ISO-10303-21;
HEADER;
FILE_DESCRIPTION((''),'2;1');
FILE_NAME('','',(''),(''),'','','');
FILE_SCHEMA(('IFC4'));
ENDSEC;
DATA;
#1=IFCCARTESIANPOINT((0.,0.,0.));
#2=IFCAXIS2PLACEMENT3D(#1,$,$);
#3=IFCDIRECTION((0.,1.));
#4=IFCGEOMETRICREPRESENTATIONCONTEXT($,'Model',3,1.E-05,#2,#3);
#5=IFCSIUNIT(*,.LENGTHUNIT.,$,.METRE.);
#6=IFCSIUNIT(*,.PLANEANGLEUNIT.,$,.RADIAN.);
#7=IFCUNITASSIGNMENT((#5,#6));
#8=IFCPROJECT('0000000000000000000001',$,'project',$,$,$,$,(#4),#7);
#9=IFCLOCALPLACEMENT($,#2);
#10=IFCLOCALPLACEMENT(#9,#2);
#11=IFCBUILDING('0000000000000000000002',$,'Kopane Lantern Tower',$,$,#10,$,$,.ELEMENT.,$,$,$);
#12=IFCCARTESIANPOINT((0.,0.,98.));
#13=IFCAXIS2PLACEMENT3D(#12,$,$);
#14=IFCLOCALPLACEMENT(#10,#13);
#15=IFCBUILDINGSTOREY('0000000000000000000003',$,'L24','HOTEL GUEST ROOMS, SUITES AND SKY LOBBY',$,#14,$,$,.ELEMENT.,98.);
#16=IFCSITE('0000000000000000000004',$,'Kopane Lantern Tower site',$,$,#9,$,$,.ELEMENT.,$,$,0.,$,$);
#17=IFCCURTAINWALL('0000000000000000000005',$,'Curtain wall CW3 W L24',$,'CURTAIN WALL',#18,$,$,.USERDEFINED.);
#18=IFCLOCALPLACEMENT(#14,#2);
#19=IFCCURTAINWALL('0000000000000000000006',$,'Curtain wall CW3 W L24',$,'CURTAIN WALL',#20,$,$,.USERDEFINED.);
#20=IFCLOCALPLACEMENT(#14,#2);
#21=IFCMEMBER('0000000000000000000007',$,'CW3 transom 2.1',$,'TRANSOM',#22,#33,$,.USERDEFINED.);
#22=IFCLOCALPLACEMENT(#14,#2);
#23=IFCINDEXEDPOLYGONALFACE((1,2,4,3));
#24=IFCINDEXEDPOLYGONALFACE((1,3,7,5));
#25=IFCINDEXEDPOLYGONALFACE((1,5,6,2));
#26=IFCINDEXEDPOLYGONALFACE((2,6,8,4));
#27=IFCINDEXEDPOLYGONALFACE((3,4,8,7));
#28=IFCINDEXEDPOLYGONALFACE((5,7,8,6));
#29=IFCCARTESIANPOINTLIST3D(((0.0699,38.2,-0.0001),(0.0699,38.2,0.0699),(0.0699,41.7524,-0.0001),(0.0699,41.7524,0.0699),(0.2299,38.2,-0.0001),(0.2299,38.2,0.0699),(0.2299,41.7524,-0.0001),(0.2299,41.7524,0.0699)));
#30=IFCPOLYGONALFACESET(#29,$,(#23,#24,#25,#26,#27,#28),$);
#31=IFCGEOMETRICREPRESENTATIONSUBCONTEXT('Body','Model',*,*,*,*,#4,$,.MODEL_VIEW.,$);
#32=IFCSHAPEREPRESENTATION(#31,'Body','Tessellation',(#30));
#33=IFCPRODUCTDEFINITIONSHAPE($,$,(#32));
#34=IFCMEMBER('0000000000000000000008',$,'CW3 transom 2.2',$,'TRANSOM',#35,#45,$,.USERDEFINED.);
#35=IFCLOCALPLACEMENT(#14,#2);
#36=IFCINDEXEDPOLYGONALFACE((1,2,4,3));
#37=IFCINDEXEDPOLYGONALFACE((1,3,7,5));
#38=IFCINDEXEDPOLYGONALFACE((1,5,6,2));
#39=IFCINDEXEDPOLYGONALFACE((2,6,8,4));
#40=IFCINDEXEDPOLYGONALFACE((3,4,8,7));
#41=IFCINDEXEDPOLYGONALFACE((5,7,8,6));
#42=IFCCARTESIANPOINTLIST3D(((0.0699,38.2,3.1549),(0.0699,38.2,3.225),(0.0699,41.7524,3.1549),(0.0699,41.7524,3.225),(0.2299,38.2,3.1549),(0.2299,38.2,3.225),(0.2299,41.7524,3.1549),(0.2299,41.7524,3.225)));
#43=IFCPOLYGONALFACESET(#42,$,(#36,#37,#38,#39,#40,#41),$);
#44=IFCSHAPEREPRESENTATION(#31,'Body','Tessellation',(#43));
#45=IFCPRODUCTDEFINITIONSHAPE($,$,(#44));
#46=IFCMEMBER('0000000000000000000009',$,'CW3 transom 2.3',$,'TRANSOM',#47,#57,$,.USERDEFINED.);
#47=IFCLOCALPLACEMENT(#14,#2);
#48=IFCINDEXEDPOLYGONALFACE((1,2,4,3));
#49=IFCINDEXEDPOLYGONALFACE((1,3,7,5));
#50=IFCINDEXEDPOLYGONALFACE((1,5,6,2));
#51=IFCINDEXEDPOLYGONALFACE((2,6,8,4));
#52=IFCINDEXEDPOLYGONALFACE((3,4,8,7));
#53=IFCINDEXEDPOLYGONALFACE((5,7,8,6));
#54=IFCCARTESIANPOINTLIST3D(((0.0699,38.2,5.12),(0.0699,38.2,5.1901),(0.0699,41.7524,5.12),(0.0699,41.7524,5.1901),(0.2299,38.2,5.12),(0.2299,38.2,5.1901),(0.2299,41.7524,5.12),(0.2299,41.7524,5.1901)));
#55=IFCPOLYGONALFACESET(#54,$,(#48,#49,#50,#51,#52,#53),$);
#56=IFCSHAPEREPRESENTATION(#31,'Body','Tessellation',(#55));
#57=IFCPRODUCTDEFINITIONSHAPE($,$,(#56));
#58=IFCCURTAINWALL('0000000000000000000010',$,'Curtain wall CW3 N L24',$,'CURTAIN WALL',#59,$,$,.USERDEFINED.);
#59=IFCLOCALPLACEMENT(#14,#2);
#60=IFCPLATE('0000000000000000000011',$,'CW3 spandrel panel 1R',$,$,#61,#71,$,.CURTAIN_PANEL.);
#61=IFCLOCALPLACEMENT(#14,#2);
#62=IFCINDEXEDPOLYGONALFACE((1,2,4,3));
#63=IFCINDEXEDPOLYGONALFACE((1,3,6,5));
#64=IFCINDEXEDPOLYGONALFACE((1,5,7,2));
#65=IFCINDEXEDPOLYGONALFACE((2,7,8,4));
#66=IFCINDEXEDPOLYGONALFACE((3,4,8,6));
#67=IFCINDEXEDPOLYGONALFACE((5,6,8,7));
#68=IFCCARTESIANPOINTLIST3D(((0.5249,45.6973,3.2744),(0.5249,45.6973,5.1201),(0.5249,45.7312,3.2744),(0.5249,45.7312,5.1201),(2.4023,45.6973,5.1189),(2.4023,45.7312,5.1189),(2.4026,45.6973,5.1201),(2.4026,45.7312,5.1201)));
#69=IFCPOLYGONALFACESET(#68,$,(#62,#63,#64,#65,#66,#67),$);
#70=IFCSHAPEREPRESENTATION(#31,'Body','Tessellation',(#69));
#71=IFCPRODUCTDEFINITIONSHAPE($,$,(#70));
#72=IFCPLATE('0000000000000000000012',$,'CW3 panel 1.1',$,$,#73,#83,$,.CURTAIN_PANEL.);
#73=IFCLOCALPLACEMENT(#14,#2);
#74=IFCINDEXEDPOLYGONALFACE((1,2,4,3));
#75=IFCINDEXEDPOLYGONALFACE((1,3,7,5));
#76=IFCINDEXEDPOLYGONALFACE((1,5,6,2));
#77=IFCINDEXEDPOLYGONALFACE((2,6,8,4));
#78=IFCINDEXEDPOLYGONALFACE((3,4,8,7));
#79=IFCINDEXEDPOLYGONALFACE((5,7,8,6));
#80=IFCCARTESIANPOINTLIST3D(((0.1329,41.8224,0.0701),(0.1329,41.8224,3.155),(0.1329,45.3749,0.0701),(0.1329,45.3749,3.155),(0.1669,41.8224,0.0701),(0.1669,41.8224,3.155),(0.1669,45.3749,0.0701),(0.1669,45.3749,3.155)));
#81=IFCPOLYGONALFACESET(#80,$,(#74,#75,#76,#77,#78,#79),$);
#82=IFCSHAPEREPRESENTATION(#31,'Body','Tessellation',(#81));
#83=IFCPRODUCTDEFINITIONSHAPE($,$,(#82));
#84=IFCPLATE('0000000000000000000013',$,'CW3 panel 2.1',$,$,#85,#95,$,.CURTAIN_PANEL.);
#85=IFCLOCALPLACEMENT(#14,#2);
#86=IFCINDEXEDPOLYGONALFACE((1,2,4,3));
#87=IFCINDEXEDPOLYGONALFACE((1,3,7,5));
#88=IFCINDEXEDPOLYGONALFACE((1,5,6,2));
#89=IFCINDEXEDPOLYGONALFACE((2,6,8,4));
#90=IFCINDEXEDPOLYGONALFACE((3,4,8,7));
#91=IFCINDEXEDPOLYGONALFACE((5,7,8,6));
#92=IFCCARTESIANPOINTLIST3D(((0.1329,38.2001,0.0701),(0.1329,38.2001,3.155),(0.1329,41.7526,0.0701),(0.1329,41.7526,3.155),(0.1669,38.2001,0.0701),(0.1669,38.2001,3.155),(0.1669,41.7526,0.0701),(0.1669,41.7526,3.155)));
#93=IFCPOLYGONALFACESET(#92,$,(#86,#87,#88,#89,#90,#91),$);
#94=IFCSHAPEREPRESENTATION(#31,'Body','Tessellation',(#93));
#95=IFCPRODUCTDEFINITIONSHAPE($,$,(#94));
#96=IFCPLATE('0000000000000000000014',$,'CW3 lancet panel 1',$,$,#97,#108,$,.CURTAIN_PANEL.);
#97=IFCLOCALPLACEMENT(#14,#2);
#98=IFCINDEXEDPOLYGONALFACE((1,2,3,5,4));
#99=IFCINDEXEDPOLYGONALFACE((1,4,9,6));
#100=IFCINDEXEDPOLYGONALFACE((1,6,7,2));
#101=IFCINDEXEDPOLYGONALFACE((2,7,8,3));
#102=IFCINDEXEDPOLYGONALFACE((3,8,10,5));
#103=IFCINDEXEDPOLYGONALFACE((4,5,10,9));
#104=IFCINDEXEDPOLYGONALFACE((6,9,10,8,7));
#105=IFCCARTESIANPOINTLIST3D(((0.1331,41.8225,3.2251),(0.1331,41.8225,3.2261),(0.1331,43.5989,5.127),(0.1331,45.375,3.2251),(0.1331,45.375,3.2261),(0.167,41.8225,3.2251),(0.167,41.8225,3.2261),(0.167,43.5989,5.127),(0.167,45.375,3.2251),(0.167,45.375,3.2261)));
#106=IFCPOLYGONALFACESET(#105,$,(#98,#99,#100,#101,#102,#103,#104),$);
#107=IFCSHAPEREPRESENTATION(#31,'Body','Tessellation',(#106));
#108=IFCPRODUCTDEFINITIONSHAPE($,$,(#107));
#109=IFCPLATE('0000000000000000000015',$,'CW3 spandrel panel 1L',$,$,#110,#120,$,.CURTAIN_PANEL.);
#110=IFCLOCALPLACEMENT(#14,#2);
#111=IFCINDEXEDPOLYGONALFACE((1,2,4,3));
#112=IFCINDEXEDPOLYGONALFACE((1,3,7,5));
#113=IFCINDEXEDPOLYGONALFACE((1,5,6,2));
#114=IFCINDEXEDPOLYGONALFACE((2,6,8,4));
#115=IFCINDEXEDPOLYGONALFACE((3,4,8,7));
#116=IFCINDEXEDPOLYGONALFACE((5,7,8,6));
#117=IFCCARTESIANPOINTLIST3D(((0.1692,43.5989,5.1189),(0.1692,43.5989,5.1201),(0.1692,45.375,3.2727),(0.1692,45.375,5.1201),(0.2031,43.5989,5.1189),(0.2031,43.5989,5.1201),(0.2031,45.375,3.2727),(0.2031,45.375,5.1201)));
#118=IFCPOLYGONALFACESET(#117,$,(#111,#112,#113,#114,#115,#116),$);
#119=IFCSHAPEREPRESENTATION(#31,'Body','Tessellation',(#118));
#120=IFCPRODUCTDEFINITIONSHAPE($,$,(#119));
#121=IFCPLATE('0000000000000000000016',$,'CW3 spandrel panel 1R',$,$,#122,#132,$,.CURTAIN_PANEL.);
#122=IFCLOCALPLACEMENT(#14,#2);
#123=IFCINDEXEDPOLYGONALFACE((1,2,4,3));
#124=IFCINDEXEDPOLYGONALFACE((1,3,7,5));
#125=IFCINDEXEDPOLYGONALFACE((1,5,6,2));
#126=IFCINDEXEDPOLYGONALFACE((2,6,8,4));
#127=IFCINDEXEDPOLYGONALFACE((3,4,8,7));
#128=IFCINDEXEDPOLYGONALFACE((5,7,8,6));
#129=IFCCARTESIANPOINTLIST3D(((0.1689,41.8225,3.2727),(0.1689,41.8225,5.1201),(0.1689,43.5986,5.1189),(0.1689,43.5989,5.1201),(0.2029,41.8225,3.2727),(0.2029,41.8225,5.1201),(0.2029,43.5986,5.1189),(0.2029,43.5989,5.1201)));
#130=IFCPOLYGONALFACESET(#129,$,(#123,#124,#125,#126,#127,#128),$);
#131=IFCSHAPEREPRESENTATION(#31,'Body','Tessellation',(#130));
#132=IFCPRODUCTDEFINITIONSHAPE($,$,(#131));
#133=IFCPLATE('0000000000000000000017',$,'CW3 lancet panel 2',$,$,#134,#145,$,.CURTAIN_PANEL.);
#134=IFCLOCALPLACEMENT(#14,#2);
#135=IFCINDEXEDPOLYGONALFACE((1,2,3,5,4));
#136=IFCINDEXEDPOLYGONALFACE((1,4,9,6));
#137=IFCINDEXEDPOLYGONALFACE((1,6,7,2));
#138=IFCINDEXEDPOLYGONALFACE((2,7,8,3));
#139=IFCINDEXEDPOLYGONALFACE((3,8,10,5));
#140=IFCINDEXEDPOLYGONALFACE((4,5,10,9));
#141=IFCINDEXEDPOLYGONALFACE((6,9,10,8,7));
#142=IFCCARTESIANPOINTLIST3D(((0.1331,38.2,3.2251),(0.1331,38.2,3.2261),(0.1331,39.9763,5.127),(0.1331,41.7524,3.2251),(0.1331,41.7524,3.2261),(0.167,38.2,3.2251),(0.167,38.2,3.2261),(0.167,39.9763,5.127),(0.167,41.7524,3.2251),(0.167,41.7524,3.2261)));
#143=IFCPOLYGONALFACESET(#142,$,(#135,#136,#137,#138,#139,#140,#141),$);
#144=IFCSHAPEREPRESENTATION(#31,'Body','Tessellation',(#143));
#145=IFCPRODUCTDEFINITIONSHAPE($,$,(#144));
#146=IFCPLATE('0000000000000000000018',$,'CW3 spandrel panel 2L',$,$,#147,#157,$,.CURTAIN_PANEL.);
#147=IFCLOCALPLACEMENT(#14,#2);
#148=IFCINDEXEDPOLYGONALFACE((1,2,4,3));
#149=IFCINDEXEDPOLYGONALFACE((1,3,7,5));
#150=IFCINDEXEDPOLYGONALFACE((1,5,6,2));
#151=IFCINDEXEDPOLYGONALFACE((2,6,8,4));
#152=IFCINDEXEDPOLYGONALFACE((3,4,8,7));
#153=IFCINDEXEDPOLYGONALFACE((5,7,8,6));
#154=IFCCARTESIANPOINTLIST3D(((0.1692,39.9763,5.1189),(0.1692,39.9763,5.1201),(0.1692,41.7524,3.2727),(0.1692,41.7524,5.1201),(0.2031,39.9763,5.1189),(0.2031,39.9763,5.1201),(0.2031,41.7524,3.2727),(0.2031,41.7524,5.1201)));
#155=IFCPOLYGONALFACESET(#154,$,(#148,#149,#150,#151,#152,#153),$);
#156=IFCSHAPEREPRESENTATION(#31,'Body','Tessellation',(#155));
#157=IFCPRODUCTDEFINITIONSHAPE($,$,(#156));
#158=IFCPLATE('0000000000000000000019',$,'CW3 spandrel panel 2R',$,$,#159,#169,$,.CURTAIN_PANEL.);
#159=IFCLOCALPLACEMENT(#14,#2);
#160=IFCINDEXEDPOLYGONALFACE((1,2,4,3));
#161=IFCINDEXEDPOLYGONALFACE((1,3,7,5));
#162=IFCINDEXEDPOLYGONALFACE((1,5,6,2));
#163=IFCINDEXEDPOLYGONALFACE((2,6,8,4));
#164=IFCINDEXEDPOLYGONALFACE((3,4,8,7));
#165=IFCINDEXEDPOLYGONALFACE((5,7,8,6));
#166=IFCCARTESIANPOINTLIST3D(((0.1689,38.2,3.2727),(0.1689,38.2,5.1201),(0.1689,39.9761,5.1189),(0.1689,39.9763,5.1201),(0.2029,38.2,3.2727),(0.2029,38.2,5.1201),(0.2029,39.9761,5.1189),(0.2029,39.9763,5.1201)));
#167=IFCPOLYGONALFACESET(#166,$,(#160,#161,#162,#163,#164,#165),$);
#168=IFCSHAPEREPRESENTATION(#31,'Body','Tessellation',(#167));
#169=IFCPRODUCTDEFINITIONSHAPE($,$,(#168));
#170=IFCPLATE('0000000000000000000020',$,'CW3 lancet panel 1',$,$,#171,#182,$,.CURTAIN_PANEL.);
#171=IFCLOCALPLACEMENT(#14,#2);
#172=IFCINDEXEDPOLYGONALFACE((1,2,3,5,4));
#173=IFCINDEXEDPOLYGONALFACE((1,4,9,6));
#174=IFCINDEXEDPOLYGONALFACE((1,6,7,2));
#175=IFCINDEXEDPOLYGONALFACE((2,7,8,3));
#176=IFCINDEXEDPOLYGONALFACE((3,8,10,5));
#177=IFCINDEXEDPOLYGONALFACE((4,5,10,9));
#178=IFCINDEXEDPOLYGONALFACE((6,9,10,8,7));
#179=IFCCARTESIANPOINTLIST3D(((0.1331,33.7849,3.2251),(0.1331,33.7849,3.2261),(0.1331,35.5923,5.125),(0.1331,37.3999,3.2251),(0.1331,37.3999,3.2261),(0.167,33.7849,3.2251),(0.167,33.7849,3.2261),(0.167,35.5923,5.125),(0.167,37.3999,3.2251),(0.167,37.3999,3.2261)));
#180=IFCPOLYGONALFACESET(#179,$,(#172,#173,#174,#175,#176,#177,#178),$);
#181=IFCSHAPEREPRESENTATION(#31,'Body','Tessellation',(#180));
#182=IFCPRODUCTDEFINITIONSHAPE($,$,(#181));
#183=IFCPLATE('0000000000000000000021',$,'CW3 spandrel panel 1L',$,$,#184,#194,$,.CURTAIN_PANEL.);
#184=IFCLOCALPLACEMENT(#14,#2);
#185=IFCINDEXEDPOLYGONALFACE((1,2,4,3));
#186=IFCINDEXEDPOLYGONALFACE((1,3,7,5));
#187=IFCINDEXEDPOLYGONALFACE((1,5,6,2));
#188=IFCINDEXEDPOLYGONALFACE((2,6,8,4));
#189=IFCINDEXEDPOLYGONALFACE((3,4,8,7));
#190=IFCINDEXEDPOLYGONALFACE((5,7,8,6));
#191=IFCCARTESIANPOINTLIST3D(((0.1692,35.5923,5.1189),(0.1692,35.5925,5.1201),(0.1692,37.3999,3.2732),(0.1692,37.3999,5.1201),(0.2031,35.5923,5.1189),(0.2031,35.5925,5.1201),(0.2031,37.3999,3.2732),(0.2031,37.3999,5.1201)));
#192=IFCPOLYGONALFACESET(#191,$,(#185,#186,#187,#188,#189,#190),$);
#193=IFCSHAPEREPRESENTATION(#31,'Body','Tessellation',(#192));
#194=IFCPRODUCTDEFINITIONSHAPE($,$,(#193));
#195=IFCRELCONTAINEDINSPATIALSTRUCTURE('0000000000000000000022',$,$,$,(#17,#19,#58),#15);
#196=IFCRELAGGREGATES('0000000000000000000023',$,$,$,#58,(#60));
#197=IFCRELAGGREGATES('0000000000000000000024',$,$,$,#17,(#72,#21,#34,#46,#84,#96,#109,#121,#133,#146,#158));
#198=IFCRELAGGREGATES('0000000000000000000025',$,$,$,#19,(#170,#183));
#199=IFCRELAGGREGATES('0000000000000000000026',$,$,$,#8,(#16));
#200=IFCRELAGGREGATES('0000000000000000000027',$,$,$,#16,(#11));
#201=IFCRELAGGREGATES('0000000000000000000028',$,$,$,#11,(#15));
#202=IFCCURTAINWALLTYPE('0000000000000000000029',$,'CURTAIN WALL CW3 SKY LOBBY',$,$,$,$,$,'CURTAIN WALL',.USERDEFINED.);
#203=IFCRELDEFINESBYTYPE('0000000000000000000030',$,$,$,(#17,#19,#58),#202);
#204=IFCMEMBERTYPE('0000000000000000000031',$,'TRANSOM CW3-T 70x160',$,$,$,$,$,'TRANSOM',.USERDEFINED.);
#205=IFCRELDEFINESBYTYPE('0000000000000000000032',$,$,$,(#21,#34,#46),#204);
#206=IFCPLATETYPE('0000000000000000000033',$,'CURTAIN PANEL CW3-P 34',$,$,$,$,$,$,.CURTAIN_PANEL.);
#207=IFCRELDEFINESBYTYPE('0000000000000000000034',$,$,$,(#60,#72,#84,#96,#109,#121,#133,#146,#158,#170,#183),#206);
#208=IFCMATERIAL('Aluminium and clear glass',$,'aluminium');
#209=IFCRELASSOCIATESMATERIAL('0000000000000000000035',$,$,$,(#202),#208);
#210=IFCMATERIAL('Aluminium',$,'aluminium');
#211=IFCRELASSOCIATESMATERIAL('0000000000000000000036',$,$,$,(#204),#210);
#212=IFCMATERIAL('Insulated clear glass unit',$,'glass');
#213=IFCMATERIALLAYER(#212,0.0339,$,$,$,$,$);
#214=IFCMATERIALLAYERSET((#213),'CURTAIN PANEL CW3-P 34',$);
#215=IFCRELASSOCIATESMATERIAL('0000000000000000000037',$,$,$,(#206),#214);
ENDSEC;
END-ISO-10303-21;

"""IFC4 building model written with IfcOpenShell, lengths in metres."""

from ifc_helpers import new_model, si_unit, direction, frame, origin, origin_2d, place, context, subcontext, project, spatial, polyline, rectangle, outline, extrude, material, layer, layer_set, material_profile, profile_set, type_object, element, aggregate, save


model = new_model("IFC4")

# Units and contexts
model_context = context("Model", 3, precision=1e-05, world=origin(), true_north=direction((0.0, 1.0)))
body_context = subcontext(model_context, "Body", "Model", "MODEL_VIEW")
ifc_project = project(units=[si_unit("LENGTHUNIT", "METRE"), si_unit("PLANEANGLEUNIT", "RADIAN")], contexts=[model_context])

# Site, building, storey
site_placement = place(None, origin())
site = spatial("IfcSite", under=ifc_project, at=site_placement, Name="Kopane Lantern Tower site", CompositionType="ELEMENT", RefElevation=0.0)
building_placement = place(site_placement, origin())
building = spatial("IfcBuilding", under=site, at=building_placement, Name="Kopane Lantern Tower", CompositionType="ELEMENT")
storey_placement = place(building_placement, frame((0.0, 0.0, 98.0)))
storey = spatial("IfcBuildingStorey", under=building, at=storey_placement, Name="L24", Description="HOTEL GUEST ROOMS, SUITES AND SKY LOBBY", CompositionType="ELEMENT", Elevation=98.0)

# Curtain wall
ifc_material_1 = material(Name="Aluminium and clear glass", Category="aluminium")
curtain_wall_type = type_object("IfcCurtainWallType", Name="CURTAIN WALL CW3 SKY LOBBY", ElementType="CURTAIN WALL", PredefinedType="USERDEFINED", material=ifc_material_1)
curtain_wall_1_placement = place(storey_placement, origin())
curtain_wall_1 = element("IfcCurtainWall", 1, at=curtain_wall_1_placement, inside=storey, type_object=curtain_wall_type, Name="Curtain wall CW3 W L24", ObjectType="CURTAIN WALL", PredefinedType="USERDEFINED")

# Curtain wall
curtain_wall_2_placement = place(storey_placement, origin())
curtain_wall_2 = element("IfcCurtainWall", 2, at=curtain_wall_2_placement, inside=storey, type_object=curtain_wall_type, Name="Curtain wall CW3 W L24", ObjectType="CURTAIN WALL", PredefinedType="USERDEFINED")

# Members
ifc_material_2 = material(Name="Aluminium", Category="aluminium")
ifc_material_profile_1 = material_profile(ifc_material_2, rectangle(XDim=0.1599, YDim=0.0701, at=origin_2d()), Name="AL 160x70")
ifc_profile_set_1 = profile_set([ifc_material_profile_1], Name="Aluminium")
member_type_1 = type_object("IfcMemberType", Name="TRANSOM CW3-T 70x160", ElementType="TRANSOM", PredefinedType="USERDEFINED", material=ifc_profile_set_1)
member_1_placement = place(storey_placement, frame((0.1499, 41.7524, 0.0349), z_axis=(0.0, -1.0, 0.0), x_axis=(1.0, 0.0, 0.0)))
member_1 = element("IfcMember", 3, at=member_1_placement, type_object=member_type_1, Name="CW3 transom 2.1", ObjectType="TRANSOM", PredefinedType="USERDEFINED", context=body_context, shape_type="SweptSolid", body=[
    extrude(rectangle(XDim=0.1599, YDim=0.0701, at=origin_2d()), origin(), (0.0, 0.0, 1.0), 3.5525),
])
member_2_placement = place(storey_placement, frame((0.1499, 41.7524, 3.1899), z_axis=(0.0, -1.0, 0.0), x_axis=(1.0, 0.0, 0.0)))
member_2 = element("IfcMember", 4, at=member_2_placement, type_object=member_type_1, Name="CW3 transom 2.2", ObjectType="TRANSOM", PredefinedType="USERDEFINED", context=body_context, shape_type="SweptSolid", body=[
    extrude(rectangle(XDim=0.1599, YDim=0.0701, at=origin_2d()), origin(), (0.0, 0.0, 1.0), 3.5525),
])
member_3_placement = place(storey_placement, frame((0.1499, 41.7524, 5.155), z_axis=(0.0, -1.0, 0.0), x_axis=(1.0, 0.0, 0.0)))
member_3 = element("IfcMember", 5, at=member_3_placement, type_object=member_type_1, Name="CW3 transom 2.3", ObjectType="TRANSOM", PredefinedType="USERDEFINED", context=body_context, shape_type="SweptSolid", body=[
    extrude(rectangle(XDim=0.1599, YDim=0.0701, at=origin_2d()), origin(), (0.0, 0.0, 1.0), 3.5525),
])

# Curtain wall, plate
curtain_wall_3_placement = place(storey_placement, origin())
curtain_wall_3 = element("IfcCurtainWall", 6, at=curtain_wall_3_placement, inside=storey, type_object=curtain_wall_type, Name="Curtain wall CW3 N L24", ObjectType="CURTAIN WALL", PredefinedType="USERDEFINED")
ifc_material_3 = material(Name="Insulated clear glass unit", Category="glass")
ifc_layer_1 = layer(ifc_material_3, 0.0339)
ifc_layer_set_1 = layer_set([ifc_layer_1], Name="CURTAIN PANEL CW3-P 34")
plate_type = type_object("IfcPlateType", Name="CURTAIN PANEL CW3-P 34", PredefinedType="CURTAIN_PANEL", material=ifc_layer_set_1)
plate_1_placement = place(storey_placement, frame((0.5249, 45.7141, 5.1201), z_axis=(0.0, 0.0, 1.0), x_axis=(1.0, 0.0, 0.0)))
plate_1 = element("IfcPlate", 7, at=plate_1_placement, type_object=plate_type, Name="CW3 spandrel panel 1R", PredefinedType="CURTAIN_PANEL", context=body_context, shape_type="SweptSolid", body=[
    extrude(outline(polyline([(0.0, 0.0), (1.8777, 0.0), (1.8774, -0.0012), (0.0, -1.8457), (0.0, 0.0)])), frame((0.0, 0.0171, 0.0), z_axis=(0.0, -1.0, 0.0), x_axis=(1.0, 0.0, 0.0)), (0.0, 0.0, 1.0), 0.0339),
])
aggregate(curtain_wall_3, [plate_1])

# Plates
plate_2_placement = place(storey_placement, frame((0.1499, 43.5986, 0.0701), z_axis=(0.0, 0.0, 1.0), x_axis=(0.0, -1.0, 0.0)))
plate_2 = element("IfcPlate", 8, at=plate_2_placement, type_object=plate_type, Name="CW3 panel 1.1", PredefinedType="CURTAIN_PANEL", context=body_context, shape_type="SweptSolid", body=[
    extrude(rectangle(XDim=3.5525, YDim=0.0339, at=origin_2d()), origin(), (0.0, 0.0, 1.0), 3.085),
])
plate_3_placement = place(storey_placement, frame((0.1499, 39.9763, 0.0701), z_axis=(0.0, 0.0, 1.0), x_axis=(0.0, -1.0, 0.0)))
plate_3 = element("IfcPlate", 9, at=plate_3_placement, type_object=plate_type, Name="CW3 panel 2.1", PredefinedType="CURTAIN_PANEL", context=body_context, shape_type="SweptSolid", body=[
    extrude(rectangle(XDim=3.5525, YDim=0.0339, at=origin_2d()), origin(), (0.0, 0.0, 1.0), 3.085),
])
plate_4_placement = place(storey_placement, frame((0.1499, 45.375, 3.2251), z_axis=(0.0, 0.0, 1.0), x_axis=(0.0, -1.0, 0.0)))
plate_4 = element("IfcPlate", 10, at=plate_4_placement, type_object=plate_type, Name="CW3 lancet panel 1", PredefinedType="CURTAIN_PANEL", context=body_context, shape_type="SweptSolid", body=[
    extrude(outline(polyline([(0.0, 0.0), (3.5525, 0.0), (3.5525, 0.001), (1.7761, 1.9019), (0.0, 0.001), (0.0, 0.0)])), frame((0.0, 0.0171, 0.0), z_axis=(0.0, -1.0, 0.0), x_axis=(1.0, 0.0, 0.0)), (0.0, 0.0, 1.0), 0.0339),
])
plate_5_placement = place(storey_placement, frame((0.186, 45.375, 5.1201), z_axis=(0.0, 0.0, 1.0), x_axis=(0.0, -1.0, 0.0)))
plate_5 = element("IfcPlate", 11, at=plate_5_placement, type_object=plate_type, Name="CW3 spandrel panel 1L", PredefinedType="CURTAIN_PANEL", context=body_context, shape_type="SweptSolid", body=[
    extrude(outline(polyline([(0.0, 0.0), (1.7761, 0.0), (1.7761, -0.0012), (0.0, -1.8474), (0.0, 0.0)])), frame((0.0, 0.0171, 0.0), z_axis=(0.0, -1.0, 0.0), x_axis=(1.0, 0.0, 0.0)), (0.0, 0.0, 1.0), 0.0339),
])
plate_6_placement = place(storey_placement, frame((0.186, 41.8225, 5.1201), z_axis=(0.0, 0.0, 1.0), x_axis=(0.0, 1.0, 0.0)))
plate_6 = element("IfcPlate", 12, at=plate_6_placement, type_object=plate_type, Name="CW3 spandrel panel 1R", PredefinedType="CURTAIN_PANEL", context=body_context, shape_type="SweptSolid", body=[
    extrude(outline(polyline([(0.0, 0.0), (1.7764, 0.0), (1.7761, -0.0012), (0.0, -1.8474), (0.0, 0.0)])), frame((0.0, 0.0171, 0.0), z_axis=(0.0, -1.0, 0.0), x_axis=(1.0, 0.0, 0.0)), (0.0, 0.0, 1.0), 0.0339),
])
plate_7_placement = place(storey_placement, frame((0.1499, 41.7524, 3.2251), z_axis=(0.0, 0.0, 1.0), x_axis=(0.0, -1.0, 0.0)))
plate_7 = element("IfcPlate", 13, at=plate_7_placement, type_object=plate_type, Name="CW3 lancet panel 2", PredefinedType="CURTAIN_PANEL", context=body_context, shape_type="SweptSolid", body=[
    extrude(outline(polyline([(0.0, 0.0), (3.5525, 0.0), (3.5525, 0.001), (1.7761, 1.9019), (0.0, 0.001), (0.0, 0.0)])), frame((0.0, 0.0171, 0.0), z_axis=(0.0, -1.0, 0.0), x_axis=(1.0, 0.0, 0.0)), (0.0, 0.0, 1.0), 0.0339),
])
plate_8_placement = place(storey_placement, frame((0.186, 41.7524, 5.1201), z_axis=(0.0, 0.0, 1.0), x_axis=(0.0, -1.0, 0.0)))
plate_8 = element("IfcPlate", 14, at=plate_8_placement, type_object=plate_type, Name="CW3 spandrel panel 2L", PredefinedType="CURTAIN_PANEL", context=body_context, shape_type="SweptSolid", body=[
    extrude(outline(polyline([(0.0, 0.0), (1.7761, 0.0), (1.7761, -0.0012), (0.0, -1.8474), (0.0, 0.0)])), frame((0.0, 0.0171, 0.0), z_axis=(0.0, -1.0, 0.0), x_axis=(1.0, 0.0, 0.0)), (0.0, 0.0, 1.0), 0.0339),
])
plate_9_placement = place(storey_placement, frame((0.186, 38.2, 5.1201), z_axis=(0.0, 0.0, 1.0), x_axis=(0.0, 1.0, 0.0)))
plate_9 = element("IfcPlate", 15, at=plate_9_placement, type_object=plate_type, Name="CW3 spandrel panel 2R", PredefinedType="CURTAIN_PANEL", context=body_context, shape_type="SweptSolid", body=[
    extrude(outline(polyline([(0.0, 0.0), (1.7764, 0.0), (1.7761, -0.0012), (0.0, -1.8474), (0.0, 0.0)])), frame((0.0, 0.0171, 0.0), z_axis=(0.0, -1.0, 0.0), x_axis=(1.0, 0.0, 0.0)), (0.0, 0.0, 1.0), 0.0339),
])
aggregate(curtain_wall_1, [plate_2, member_1, member_2, member_3, plate_3, plate_4, plate_5, plate_6, plate_7, plate_8, plate_9])
plate_10_placement = place(storey_placement, frame((0.1499, 37.3999, 3.2251), z_axis=(0.0, 0.0, 1.0), x_axis=(0.0, -1.0, 0.0)))
plate_10 = element("IfcPlate", 16, at=plate_10_placement, type_object=plate_type, Name="CW3 lancet panel 1", PredefinedType="CURTAIN_PANEL", context=body_context, shape_type="SweptSolid", body=[
    extrude(outline(polyline([(0.0, 0.0), (3.615, 0.0), (3.615, 0.001), (1.8076, 1.8999), (0.0, 0.001), (0.0, 0.0)])), frame((0.0, 0.0171, 0.0), z_axis=(0.0, -1.0, 0.0), x_axis=(1.0, 0.0, 0.0)), (0.0, 0.0, 1.0), 0.0339),
])
plate_11_placement = place(storey_placement, frame((0.186, 37.3999, 5.1201), z_axis=(0.0, 0.0, 1.0), x_axis=(0.0, -1.0, 0.0)))
plate_11 = element("IfcPlate", 17, at=plate_11_placement, type_object=plate_type, Name="CW3 spandrel panel 1L", PredefinedType="CURTAIN_PANEL", context=body_context, shape_type="SweptSolid", body=[
    extrude(outline(polyline([(0.0, 0.0), (1.8074, 0.0), (1.8076, -0.0012), (0.0, -1.8469), (0.0, 0.0)])), frame((0.0, 0.0171, 0.0), z_axis=(0.0, -1.0, 0.0), x_axis=(1.0, 0.0, 0.0)), (0.0, 0.0, 1.0), 0.0339),
])
aggregate(curtain_wall_2, [plate_10, plate_11])

save(model, "model.ifc")
